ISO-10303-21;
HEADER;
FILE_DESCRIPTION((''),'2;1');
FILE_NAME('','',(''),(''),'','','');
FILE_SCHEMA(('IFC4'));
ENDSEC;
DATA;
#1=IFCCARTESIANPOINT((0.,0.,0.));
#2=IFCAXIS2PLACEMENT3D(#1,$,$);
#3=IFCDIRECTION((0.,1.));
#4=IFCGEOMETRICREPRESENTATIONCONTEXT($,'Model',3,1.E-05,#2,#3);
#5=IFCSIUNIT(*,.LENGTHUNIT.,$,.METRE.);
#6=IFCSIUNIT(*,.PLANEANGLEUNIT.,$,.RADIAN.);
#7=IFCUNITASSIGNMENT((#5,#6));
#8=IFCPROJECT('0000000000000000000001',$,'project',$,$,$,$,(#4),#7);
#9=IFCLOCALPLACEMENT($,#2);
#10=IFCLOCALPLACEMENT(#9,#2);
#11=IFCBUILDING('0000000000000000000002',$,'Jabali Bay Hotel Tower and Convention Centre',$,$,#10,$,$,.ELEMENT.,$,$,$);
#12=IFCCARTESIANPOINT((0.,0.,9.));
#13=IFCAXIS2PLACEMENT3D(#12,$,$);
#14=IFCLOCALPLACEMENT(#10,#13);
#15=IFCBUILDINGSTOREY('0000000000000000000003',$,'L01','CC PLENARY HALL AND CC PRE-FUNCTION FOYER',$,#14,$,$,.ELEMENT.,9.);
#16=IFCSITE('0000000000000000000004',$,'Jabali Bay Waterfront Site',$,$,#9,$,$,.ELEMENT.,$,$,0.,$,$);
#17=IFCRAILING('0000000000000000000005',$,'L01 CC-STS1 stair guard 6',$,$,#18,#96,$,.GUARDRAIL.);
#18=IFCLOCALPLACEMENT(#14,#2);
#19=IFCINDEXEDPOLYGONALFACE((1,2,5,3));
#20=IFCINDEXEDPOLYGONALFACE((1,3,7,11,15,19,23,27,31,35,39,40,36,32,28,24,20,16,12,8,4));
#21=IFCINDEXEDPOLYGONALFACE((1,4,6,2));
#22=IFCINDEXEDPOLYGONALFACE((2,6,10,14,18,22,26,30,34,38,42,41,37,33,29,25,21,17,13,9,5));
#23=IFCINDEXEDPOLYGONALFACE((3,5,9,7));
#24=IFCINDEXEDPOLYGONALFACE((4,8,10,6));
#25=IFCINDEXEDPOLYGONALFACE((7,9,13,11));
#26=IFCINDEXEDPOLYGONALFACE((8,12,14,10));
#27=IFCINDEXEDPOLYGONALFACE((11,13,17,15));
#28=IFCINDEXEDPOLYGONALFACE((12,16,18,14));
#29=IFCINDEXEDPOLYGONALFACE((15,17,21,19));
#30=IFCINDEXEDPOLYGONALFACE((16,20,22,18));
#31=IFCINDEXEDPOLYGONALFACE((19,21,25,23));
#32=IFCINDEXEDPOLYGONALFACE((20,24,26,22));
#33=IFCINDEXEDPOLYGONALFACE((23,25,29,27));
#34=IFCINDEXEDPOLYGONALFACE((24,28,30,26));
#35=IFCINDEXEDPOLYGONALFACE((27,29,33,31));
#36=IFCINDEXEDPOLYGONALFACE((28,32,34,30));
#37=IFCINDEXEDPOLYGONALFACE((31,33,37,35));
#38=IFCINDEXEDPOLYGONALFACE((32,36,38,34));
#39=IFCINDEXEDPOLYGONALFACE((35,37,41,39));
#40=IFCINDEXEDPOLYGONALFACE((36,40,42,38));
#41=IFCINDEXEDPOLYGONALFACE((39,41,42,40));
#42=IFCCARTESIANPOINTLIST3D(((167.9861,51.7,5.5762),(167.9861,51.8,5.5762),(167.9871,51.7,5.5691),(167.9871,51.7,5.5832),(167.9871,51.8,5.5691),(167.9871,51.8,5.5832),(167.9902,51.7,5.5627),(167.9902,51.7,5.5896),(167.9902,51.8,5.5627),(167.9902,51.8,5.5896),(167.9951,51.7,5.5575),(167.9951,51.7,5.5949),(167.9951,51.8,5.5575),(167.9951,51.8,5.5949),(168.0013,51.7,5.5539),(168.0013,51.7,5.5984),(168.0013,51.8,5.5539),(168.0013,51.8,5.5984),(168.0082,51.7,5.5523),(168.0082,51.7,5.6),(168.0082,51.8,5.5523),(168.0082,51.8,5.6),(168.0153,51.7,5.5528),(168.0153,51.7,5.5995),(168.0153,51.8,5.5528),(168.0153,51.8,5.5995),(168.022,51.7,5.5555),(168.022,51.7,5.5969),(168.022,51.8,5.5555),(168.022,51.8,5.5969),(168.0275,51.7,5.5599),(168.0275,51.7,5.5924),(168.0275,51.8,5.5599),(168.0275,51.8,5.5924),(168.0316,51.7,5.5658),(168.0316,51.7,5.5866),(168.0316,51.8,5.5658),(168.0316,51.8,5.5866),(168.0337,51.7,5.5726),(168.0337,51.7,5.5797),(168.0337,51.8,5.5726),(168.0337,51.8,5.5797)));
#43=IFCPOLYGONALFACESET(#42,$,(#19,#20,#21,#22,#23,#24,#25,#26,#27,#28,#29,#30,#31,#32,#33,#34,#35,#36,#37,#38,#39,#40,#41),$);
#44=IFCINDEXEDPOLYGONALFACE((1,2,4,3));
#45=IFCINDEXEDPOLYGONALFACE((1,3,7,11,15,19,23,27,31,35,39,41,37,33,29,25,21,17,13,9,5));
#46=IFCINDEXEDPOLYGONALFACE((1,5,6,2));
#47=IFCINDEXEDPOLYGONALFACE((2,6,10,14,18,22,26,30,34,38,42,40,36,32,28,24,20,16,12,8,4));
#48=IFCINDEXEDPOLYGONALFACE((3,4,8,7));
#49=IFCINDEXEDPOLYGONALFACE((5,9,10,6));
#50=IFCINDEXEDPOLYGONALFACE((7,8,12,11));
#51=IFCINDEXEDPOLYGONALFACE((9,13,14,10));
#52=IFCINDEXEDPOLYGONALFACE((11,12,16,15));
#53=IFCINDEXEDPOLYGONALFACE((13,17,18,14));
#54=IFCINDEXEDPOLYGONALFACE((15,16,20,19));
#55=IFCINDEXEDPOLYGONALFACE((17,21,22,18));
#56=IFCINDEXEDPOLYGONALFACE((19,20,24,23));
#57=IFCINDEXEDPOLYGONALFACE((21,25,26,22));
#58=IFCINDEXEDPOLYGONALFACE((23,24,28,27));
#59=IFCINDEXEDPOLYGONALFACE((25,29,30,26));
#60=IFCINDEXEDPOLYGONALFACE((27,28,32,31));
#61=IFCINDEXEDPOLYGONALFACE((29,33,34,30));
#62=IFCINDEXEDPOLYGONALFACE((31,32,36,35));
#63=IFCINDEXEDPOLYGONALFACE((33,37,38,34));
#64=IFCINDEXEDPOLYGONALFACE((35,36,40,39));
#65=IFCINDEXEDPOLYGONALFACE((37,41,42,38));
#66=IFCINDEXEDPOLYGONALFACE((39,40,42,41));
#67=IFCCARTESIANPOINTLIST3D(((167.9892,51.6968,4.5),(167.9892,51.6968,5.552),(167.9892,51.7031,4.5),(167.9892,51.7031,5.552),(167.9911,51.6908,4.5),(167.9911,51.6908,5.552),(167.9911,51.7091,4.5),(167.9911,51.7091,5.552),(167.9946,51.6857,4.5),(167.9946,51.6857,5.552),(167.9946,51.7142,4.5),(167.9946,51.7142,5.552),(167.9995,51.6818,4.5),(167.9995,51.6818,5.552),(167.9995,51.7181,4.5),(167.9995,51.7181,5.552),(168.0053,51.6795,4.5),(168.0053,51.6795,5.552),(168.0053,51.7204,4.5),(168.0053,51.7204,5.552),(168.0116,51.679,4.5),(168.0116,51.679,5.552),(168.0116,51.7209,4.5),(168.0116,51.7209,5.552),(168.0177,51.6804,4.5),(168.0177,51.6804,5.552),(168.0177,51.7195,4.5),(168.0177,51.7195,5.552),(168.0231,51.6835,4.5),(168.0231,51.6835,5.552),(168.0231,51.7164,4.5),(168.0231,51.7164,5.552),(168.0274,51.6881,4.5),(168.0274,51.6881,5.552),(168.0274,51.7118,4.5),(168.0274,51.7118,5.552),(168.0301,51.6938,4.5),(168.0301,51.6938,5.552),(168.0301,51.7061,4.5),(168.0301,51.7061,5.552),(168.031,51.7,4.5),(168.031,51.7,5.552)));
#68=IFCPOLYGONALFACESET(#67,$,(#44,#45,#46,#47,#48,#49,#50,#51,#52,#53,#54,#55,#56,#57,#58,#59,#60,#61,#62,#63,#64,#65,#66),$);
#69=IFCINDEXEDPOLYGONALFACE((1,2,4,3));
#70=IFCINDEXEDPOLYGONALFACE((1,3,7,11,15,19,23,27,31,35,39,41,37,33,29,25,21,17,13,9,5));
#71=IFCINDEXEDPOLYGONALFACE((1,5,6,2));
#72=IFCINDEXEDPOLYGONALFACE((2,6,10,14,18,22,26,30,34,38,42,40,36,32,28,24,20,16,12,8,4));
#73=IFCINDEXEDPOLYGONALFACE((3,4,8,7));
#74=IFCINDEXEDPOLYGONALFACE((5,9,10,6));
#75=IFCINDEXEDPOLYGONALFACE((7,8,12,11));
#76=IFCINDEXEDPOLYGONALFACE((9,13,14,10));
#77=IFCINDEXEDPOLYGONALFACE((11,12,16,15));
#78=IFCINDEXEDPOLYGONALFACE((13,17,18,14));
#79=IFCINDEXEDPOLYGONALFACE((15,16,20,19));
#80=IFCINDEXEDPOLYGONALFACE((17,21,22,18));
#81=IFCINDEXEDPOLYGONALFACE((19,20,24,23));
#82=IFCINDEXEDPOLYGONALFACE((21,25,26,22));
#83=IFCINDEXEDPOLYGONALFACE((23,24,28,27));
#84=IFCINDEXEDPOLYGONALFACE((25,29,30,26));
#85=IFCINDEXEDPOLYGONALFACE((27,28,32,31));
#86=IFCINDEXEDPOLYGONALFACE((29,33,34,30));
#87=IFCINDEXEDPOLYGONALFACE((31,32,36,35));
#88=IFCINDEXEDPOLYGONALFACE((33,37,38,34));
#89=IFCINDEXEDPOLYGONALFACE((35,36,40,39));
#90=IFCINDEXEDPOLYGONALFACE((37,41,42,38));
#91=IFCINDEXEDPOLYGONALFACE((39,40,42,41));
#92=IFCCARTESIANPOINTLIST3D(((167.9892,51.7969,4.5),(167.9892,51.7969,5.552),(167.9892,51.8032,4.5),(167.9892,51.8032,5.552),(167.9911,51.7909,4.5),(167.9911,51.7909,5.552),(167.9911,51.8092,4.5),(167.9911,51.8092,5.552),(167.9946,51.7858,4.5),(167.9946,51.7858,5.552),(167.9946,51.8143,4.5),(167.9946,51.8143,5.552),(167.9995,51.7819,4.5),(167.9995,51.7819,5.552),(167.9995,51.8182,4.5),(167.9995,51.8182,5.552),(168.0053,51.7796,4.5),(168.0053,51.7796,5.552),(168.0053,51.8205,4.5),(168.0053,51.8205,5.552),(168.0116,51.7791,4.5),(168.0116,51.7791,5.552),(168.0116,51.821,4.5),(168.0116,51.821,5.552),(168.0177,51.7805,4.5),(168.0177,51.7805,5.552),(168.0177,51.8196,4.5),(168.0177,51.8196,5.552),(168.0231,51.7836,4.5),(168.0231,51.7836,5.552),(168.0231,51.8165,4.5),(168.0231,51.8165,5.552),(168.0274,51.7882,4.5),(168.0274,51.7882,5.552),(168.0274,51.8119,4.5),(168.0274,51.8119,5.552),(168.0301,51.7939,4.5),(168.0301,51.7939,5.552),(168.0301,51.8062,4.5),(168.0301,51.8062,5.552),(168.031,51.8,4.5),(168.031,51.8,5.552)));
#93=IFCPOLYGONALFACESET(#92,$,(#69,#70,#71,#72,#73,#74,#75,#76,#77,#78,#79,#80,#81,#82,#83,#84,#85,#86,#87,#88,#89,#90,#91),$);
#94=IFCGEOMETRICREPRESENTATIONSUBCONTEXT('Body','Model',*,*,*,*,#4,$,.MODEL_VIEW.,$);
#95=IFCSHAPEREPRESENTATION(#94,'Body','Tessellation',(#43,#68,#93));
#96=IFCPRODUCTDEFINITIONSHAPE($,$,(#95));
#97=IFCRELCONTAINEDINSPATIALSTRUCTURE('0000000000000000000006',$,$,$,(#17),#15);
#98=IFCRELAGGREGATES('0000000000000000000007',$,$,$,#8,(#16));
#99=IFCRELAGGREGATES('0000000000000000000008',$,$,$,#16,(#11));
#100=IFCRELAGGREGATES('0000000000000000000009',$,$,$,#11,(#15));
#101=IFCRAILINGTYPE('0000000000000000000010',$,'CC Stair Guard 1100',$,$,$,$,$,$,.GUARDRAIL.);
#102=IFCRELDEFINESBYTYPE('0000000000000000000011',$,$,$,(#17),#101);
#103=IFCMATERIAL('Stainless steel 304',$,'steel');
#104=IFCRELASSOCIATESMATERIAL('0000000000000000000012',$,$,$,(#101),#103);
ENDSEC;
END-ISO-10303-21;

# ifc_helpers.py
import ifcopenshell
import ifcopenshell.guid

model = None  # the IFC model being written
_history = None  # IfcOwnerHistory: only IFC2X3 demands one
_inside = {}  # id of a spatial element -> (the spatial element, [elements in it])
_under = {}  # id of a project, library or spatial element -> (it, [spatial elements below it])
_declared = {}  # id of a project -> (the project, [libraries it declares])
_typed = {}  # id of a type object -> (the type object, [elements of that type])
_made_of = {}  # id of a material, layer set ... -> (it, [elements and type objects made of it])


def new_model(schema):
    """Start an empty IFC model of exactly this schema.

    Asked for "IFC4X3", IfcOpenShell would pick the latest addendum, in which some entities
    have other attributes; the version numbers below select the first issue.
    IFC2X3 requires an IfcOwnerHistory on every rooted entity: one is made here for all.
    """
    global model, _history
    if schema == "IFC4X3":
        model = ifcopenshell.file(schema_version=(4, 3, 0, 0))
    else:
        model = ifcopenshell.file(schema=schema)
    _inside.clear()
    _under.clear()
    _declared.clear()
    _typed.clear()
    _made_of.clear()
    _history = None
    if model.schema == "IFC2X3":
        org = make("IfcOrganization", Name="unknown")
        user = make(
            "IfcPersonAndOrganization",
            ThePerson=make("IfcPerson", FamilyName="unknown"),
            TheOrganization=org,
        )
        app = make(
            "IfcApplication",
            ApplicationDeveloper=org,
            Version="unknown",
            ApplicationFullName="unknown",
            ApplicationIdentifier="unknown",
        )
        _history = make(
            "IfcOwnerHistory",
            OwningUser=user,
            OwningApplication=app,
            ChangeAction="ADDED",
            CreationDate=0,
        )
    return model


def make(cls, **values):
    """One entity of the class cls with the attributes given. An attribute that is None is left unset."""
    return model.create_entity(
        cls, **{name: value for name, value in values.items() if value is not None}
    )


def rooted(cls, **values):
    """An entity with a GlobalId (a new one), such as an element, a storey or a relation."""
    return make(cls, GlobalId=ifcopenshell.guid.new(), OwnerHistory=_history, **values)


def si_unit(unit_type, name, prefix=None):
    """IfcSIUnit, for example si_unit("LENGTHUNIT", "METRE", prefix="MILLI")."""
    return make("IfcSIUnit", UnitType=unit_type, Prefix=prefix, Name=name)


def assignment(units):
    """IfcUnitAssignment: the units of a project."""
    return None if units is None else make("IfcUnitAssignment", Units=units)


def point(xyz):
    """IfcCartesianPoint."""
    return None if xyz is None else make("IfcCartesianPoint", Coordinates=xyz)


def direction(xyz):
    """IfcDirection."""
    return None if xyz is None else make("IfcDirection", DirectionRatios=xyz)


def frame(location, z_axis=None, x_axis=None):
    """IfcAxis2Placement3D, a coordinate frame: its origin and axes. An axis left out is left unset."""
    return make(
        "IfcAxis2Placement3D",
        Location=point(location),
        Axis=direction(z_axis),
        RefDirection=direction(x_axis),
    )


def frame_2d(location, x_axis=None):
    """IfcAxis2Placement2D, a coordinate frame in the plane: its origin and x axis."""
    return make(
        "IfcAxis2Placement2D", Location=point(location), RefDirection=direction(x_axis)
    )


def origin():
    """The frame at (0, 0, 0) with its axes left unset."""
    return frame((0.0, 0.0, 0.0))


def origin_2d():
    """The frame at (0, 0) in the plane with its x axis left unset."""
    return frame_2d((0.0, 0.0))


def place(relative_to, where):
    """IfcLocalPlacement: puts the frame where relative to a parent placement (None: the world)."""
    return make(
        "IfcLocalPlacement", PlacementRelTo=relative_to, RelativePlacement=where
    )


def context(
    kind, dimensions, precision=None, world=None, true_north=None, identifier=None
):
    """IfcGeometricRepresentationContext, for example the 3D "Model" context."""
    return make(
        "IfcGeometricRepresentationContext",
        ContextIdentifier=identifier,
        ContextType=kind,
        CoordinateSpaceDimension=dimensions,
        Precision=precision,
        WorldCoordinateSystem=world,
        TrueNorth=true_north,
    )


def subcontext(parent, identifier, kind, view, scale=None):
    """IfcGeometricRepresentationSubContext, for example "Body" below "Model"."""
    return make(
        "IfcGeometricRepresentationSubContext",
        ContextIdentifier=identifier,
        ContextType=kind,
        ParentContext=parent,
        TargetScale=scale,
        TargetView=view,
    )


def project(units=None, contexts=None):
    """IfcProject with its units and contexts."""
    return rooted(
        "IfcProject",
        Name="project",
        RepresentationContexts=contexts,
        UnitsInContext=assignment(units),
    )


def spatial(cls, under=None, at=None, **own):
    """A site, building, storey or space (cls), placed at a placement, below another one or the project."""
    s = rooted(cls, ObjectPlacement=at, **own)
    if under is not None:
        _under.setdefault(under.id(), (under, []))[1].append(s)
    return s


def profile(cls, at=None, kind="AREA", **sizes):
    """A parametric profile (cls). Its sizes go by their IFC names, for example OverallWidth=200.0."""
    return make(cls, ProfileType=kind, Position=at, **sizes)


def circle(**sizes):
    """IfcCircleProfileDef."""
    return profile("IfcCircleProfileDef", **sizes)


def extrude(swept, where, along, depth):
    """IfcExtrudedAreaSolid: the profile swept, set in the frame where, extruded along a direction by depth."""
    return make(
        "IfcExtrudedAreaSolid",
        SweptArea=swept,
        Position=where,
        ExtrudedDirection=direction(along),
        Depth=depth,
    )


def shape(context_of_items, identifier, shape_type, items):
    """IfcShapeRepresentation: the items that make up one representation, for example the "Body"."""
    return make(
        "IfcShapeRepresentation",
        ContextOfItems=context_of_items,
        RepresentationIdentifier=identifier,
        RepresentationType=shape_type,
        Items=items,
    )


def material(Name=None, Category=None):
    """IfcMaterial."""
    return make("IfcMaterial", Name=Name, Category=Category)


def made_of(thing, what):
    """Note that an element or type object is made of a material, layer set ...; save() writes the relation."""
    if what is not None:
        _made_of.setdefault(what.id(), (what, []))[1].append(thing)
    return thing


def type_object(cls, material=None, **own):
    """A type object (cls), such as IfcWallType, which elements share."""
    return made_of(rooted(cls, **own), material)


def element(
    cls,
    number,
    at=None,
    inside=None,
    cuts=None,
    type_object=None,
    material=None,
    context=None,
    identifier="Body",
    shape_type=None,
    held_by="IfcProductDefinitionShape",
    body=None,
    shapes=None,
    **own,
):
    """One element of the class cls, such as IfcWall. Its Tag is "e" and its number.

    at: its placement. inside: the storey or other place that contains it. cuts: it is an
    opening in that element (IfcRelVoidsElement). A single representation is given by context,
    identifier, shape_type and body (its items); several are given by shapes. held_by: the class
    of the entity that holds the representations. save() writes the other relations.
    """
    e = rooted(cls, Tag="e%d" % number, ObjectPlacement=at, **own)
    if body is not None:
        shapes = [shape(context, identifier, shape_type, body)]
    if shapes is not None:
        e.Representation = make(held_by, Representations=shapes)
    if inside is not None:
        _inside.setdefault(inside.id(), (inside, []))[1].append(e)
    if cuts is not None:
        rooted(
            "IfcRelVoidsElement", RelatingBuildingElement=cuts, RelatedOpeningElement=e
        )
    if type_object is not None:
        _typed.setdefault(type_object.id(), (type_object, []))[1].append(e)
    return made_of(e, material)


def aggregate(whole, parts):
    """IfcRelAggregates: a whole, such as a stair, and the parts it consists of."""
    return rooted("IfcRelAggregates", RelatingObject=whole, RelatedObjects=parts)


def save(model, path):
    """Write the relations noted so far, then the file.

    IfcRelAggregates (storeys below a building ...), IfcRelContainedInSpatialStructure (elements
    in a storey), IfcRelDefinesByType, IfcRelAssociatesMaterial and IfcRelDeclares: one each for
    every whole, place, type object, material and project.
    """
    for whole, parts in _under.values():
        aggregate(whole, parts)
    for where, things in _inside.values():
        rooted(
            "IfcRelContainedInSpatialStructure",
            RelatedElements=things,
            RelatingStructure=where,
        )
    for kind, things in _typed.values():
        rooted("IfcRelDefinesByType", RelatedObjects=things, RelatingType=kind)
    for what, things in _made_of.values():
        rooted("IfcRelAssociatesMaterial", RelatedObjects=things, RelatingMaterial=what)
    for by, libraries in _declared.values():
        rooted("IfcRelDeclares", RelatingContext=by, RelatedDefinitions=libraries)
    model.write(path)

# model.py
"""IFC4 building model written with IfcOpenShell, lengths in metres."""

from ifc_helpers import new_model, si_unit, direction, frame, origin, origin_2d, place, context, subcontext, project, spatial, circle, extrude, material, type_object, element, save


model = new_model("IFC4")

# Units and contexts
model_context = context("Model", 3, precision=1e-05, world=origin(), true_north=direction((0.0, 1.0)))
body_context = subcontext(model_context, "Body", "Model", "MODEL_VIEW")
ifc_project = project(units=[si_unit("LENGTHUNIT", "METRE"), si_unit("PLANEANGLEUNIT", "RADIAN")], contexts=[model_context])

# Site, building, storey
site_placement = place(None, origin())
site = spatial("IfcSite", under=ifc_project, at=site_placement, Name="Jabali Bay Waterfront Site", CompositionType="ELEMENT", RefElevation=0.0)
building_placement = place(site_placement, origin())
building = spatial("IfcBuilding", under=site, at=building_placement, Name="Jabali Bay Hotel Tower and Convention Centre", CompositionType="ELEMENT")
storey_placement = place(building_placement, frame((0.0, 0.0, 9.0)))
storey = spatial("IfcBuildingStorey", under=building, at=storey_placement, Name="L01", Description="CC PLENARY HALL AND CC PRE-FUNCTION FOYER", CompositionType="ELEMENT", Elevation=9.0)

# Railing
ifc_material_1 = material(Name="Stainless steel 304", Category="steel")
railing_type_1 = type_object("IfcRailingType", Name="CC Stair Guard 1100", PredefinedType="GUARDRAIL", material=ifc_material_1)
railing_1_placement = place(storey_placement, frame((168.01, 51.7, 4.5)))
element("IfcRailing", 1, at=railing_1_placement, inside=storey, type_object=railing_type_1, Name="L01 CC-STS1 stair guard 6", PredefinedType="GUARDRAIL", context=body_context, shape_type="SweptSolid", body=[
    extrude(circle(Radius=0.0239, at=origin_2d()), frame((0.0, 0.0, 1.0762), z_axis=(0.0, 1.0, 0.0), x_axis=(-1.0, 0.0, 0.0)), (0.0, 0.0, 1.0), 0.1001),
    extrude(circle(Radius=0.021, at=origin_2d()), origin(), (0.0, 0.0, 1.0), 1.052),
    extrude(circle(Radius=0.021, at=origin_2d()), frame((0.0, 0.1001, 0.0)), (0.0, 0.0, 1.0), 1.052),
])

save(model, "model.ifc")
